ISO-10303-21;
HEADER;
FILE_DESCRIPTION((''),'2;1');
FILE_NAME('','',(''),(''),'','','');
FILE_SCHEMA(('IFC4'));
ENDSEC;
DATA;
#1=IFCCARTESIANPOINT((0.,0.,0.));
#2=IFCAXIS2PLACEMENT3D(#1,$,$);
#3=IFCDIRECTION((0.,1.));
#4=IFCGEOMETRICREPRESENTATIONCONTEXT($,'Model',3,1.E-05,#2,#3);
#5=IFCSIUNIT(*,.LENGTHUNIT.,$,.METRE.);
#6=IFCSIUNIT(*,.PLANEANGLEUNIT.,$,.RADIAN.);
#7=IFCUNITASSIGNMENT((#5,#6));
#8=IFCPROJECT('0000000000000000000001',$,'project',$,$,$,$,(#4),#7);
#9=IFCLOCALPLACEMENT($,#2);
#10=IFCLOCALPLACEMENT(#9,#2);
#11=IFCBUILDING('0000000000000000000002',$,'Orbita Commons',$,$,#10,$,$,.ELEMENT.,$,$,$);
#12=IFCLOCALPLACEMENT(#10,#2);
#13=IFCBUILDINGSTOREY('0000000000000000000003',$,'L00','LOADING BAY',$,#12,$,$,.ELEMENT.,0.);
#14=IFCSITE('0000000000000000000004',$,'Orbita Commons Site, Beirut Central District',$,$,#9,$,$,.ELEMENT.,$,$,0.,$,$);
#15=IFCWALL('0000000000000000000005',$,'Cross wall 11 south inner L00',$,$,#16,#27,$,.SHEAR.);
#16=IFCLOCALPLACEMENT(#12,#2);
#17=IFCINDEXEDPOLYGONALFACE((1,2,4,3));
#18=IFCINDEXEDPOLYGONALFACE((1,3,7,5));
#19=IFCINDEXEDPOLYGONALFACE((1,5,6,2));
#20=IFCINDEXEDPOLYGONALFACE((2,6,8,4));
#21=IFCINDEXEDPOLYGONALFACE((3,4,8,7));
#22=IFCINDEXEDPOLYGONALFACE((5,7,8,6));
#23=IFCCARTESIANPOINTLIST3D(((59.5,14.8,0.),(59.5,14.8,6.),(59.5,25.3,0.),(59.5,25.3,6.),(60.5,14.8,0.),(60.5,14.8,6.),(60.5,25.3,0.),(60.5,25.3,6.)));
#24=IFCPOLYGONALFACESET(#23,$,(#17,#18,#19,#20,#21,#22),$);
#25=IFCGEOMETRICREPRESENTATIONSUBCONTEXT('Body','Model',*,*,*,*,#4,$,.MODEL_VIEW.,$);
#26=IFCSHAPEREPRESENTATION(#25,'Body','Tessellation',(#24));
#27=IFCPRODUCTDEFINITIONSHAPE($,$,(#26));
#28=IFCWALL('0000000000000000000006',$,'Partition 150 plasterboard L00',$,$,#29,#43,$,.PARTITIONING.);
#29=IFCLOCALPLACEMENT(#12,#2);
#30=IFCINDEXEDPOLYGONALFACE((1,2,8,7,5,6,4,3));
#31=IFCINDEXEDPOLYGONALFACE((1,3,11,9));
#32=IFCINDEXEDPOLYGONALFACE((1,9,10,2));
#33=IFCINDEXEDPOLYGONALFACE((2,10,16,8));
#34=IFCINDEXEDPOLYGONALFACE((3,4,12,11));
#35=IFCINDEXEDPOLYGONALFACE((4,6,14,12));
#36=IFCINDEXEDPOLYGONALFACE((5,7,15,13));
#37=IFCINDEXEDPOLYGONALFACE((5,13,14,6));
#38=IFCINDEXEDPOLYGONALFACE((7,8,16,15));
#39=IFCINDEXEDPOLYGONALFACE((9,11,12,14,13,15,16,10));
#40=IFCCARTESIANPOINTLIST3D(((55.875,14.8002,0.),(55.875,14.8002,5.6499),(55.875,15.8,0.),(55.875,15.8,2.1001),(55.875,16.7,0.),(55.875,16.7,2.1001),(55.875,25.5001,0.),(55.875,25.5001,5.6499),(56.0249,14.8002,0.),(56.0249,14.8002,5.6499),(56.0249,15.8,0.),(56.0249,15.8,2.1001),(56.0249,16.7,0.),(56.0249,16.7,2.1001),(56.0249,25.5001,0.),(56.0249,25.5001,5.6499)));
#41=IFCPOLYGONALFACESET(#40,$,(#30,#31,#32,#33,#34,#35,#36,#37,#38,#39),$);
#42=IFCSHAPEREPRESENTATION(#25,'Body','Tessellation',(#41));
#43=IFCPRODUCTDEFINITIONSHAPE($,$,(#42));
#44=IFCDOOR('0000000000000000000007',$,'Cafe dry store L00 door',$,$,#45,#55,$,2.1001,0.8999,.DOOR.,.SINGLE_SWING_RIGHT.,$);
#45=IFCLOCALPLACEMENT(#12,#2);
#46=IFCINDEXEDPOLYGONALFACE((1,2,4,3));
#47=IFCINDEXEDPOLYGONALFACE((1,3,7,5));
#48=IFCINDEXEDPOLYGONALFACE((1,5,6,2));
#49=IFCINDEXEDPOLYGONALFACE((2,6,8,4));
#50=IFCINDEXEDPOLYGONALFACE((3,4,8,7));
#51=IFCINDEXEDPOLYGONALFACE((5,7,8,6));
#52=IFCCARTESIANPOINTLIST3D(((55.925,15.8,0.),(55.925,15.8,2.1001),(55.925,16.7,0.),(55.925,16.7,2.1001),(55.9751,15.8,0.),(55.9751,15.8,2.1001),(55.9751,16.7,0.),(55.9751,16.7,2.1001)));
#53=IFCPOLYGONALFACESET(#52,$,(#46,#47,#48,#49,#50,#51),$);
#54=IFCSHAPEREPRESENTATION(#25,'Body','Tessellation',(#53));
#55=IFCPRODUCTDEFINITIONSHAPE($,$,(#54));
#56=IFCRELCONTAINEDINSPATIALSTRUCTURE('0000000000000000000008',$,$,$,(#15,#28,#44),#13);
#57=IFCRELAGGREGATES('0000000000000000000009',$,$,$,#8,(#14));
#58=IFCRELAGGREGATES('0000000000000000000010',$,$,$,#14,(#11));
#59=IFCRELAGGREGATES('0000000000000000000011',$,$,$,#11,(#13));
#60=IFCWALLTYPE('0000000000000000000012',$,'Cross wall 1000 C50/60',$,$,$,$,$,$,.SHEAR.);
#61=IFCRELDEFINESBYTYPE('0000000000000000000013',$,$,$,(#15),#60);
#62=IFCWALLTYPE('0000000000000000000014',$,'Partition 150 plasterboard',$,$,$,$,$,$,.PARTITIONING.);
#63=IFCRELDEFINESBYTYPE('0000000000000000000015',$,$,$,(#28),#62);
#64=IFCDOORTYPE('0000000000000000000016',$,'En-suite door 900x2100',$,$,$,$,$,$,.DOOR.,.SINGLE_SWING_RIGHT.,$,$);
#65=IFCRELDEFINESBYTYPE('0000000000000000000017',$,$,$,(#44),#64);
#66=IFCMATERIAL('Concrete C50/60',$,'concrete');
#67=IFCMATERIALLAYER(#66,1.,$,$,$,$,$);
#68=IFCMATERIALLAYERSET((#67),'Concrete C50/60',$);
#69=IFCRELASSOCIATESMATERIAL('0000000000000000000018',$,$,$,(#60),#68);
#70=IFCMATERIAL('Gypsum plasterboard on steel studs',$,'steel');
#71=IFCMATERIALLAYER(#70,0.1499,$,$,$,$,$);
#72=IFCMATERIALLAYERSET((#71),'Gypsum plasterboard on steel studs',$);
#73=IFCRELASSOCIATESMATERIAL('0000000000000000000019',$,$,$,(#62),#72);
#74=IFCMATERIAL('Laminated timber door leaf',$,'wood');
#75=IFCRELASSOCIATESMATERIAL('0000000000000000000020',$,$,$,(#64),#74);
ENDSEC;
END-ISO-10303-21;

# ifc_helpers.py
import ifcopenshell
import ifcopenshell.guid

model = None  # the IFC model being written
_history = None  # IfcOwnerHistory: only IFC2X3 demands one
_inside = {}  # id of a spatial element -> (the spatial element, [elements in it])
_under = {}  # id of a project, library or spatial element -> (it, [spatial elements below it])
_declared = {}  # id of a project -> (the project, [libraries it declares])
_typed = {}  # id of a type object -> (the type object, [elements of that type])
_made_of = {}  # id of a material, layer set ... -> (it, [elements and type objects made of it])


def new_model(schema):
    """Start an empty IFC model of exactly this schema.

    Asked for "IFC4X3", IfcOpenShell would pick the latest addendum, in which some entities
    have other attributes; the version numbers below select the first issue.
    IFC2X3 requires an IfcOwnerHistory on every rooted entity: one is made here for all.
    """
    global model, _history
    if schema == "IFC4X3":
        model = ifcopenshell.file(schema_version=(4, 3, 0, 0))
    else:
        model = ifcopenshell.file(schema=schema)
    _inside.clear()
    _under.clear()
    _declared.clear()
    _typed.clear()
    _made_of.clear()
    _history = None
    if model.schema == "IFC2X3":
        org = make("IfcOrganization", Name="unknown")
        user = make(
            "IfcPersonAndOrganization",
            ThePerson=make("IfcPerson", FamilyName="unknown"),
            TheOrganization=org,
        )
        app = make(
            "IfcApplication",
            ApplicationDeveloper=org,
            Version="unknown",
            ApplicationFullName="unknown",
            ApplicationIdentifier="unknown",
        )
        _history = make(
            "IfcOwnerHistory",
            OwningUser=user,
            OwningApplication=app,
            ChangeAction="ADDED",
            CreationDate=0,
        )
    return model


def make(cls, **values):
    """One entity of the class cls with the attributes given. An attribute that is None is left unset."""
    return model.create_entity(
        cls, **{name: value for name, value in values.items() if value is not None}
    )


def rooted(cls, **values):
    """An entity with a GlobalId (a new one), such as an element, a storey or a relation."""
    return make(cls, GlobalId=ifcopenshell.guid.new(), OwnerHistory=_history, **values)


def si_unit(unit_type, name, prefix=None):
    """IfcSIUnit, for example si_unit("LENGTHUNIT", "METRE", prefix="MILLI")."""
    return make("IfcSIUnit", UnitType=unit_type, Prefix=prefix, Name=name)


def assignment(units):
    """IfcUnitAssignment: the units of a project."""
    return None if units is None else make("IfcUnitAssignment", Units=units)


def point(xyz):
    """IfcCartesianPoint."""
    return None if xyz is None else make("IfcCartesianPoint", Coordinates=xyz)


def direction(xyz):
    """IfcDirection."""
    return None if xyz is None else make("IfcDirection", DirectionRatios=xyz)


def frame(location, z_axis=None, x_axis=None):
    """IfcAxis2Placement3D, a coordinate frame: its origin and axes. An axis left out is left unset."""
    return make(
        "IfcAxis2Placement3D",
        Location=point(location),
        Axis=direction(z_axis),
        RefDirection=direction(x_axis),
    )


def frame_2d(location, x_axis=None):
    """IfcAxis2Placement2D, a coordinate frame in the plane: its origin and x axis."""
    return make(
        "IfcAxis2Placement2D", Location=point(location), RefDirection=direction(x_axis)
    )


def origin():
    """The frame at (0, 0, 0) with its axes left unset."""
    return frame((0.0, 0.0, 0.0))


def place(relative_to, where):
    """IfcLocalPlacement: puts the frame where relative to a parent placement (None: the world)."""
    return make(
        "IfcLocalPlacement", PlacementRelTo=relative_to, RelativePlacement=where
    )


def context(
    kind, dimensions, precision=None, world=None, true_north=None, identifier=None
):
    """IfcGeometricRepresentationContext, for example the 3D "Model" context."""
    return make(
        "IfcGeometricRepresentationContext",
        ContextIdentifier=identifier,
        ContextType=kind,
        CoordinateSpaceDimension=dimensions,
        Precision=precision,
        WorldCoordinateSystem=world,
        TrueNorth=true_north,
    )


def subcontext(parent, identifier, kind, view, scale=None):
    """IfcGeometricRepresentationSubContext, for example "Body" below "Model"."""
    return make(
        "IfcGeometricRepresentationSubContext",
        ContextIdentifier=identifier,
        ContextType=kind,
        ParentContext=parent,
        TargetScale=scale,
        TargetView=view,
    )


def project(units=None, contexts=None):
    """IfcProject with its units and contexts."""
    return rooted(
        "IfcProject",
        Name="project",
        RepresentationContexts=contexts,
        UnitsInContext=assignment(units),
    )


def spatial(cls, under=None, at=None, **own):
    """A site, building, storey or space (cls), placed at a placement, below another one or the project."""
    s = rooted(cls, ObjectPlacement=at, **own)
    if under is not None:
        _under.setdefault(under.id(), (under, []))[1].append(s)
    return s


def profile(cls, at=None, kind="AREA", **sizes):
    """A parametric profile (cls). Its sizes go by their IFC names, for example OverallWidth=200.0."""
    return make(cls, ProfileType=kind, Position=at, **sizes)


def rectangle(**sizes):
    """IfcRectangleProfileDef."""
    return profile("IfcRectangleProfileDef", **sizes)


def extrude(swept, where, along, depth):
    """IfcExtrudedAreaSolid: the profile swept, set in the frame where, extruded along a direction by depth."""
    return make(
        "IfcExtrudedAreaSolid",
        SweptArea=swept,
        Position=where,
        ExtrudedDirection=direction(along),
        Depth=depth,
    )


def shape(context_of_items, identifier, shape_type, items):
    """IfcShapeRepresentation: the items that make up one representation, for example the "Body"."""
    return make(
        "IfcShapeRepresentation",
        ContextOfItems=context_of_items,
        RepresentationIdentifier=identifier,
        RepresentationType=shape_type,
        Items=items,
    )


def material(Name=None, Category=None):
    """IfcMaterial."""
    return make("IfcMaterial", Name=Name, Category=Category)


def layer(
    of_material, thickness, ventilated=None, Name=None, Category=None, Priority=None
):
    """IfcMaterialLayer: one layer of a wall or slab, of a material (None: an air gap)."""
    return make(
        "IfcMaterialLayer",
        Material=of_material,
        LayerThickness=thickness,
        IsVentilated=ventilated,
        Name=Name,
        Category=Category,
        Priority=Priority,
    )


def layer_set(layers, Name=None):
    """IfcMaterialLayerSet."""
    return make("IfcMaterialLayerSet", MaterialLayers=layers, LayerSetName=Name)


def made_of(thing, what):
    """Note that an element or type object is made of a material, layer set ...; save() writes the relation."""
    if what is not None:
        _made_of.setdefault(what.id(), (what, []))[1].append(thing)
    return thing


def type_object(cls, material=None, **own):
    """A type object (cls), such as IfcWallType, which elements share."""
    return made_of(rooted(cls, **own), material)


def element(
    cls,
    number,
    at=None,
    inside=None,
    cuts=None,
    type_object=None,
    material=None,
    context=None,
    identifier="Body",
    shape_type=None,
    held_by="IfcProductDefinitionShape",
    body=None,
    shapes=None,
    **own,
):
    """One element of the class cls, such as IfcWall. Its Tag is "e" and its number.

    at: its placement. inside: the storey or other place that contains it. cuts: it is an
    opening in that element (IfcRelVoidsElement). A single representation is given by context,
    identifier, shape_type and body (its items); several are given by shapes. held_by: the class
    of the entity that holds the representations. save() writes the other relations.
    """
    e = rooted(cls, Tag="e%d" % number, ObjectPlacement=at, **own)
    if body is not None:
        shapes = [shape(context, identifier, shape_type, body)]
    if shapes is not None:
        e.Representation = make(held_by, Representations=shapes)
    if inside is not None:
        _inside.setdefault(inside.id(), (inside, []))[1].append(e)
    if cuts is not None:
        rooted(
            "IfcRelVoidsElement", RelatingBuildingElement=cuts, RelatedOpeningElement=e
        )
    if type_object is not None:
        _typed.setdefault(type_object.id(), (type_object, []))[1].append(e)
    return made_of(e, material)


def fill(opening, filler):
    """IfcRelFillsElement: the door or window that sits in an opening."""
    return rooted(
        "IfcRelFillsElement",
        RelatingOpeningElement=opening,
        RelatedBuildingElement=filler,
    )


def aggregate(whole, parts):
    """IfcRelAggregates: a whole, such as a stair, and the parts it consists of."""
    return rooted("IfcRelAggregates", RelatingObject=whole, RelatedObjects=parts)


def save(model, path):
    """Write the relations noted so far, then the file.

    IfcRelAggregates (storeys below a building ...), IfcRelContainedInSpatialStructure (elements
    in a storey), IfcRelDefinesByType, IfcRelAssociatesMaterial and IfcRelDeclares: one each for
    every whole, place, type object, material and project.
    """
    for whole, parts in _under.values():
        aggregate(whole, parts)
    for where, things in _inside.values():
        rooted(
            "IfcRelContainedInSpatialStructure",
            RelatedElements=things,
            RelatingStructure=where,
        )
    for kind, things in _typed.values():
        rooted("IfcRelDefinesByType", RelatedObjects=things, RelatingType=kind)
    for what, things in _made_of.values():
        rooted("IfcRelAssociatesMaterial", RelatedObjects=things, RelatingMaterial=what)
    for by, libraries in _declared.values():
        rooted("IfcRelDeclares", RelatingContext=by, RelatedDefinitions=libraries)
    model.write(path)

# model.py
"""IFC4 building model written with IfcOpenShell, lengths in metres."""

from ifc_helpers import new_model, si_unit, direction, frame, frame_2d, origin, place, context, subcontext, project, spatial, rectangle, extrude, material, layer, layer_set, type_object, element, fill, save


model = new_model("IFC4")

# Units and contexts
model_context = context("Model", 3, precision=1e-05, world=origin(), true_north=direction((0.0, 1.0)))
body_context = subcontext(model_context, "Body", "Model", "MODEL_VIEW")
ifc_project = project(units=[si_unit("LENGTHUNIT", "METRE"), si_unit("PLANEANGLEUNIT", "RADIAN")], contexts=[model_context])

# Site, building, storey
site_placement = place(None, origin())
site = spatial("IfcSite", under=ifc_project, at=site_placement, Name="Orbita Commons Site, Beirut Central District", CompositionType="ELEMENT", RefElevation=0.0)
building_placement = place(site_placement, origin())
building = spatial("IfcBuilding", under=site, at=building_placement, Name="Orbita Commons", CompositionType="ELEMENT")
storey_placement = place(building_placement, origin())
storey = spatial("IfcBuildingStorey", under=building, at=storey_placement, Name="L00", Description="LOADING BAY", CompositionType="ELEMENT", Elevation=0.0)

# Wall
ifc_material_1 = material(Name="Concrete C50/60", Category="concrete")
ifc_layer_1 = layer(ifc_material_1, 1.0)
ifc_layer_set_1 = layer_set([ifc_layer_1], Name="Concrete C50/60")
wall_type_1 = type_object("IfcWallType", Name="Cross wall 1000 C50/60", PredefinedType="SHEAR", material=ifc_layer_set_1)
wall_1_placement = place(storey_placement, frame((60.0, 14.8, 0.0), z_axis=(0.0, 0.0, 1.0), x_axis=(0.0, 1.0, 0.0)))
element("IfcWall", 1, at=wall_1_placement, inside=storey, type_object=wall_type_1, Name="Cross wall 11 south inner L00", PredefinedType="SHEAR", context=body_context, shape_type="SweptSolid", body=[
    extrude(rectangle(XDim=10.5, YDim=1.0, at=frame_2d((5.25, 0.0))), origin(), (0.0, 0.0, 1.0), 6.0),
])

# Wall, opening, door
ifc_material_2 = material(Name="Gypsum plasterboard on steel studs", Category="steel")
ifc_layer_2 = layer(ifc_material_2, 0.1499)
ifc_layer_set_2 = layer_set([ifc_layer_2], Name="Gypsum plasterboard on steel studs")
wall_type_2 = type_object("IfcWallType", Name="Partition 150 plasterboard", PredefinedType="PARTITIONING", material=ifc_layer_set_2)
wall_2_placement = place(storey_placement, frame((55.95, 14.8, 0.0), z_axis=(0.0, 0.0, 1.0), x_axis=(0.0, 1.0, 0.0)))
wall_2 = element("IfcWall", 2, at=wall_2_placement, inside=storey, type_object=wall_type_2, Name="Partition 150 plasterboard L00", PredefinedType="PARTITIONING", context=body_context, shape_type="SweptSolid", body=[
    extrude(rectangle(XDim=10.7, YDim=0.1499, at=frame_2d((5.3501, 0.0))), origin(), (0.0, 0.0, 1.0), 5.6499),
])
opening_1_placement = place(wall_2_placement, frame((1.0, 0.0, 0.0)))
opening_1 = element("IfcOpeningElement", 3, at=opening_1_placement, cuts=wall_2, PredefinedType="OPENING", context=body_context, shape_type="SweptSolid", body=[
    extrude(rectangle(XDim=0.8999, YDim=2.1001, at=frame_2d((0.45, 1.05))), frame((0.0, 0.085, 0.0), z_axis=(0.0, -1.0, 0.0), x_axis=(1.0, 0.0, 0.0)), (0.0, 0.0, 1.0), 0.1699),
])
ifc_material_3 = material(Name="Laminated timber door leaf", Category="wood")
door_type_1 = type_object("IfcDoorType", Name="En-suite door 900x2100", OperationType="SINGLE_SWING_RIGHT", PredefinedType="DOOR", material=ifc_material_3)
door_1_placement = place(opening_1_placement, origin())
door_1 = element("IfcDoor", 4, at=door_1_placement, inside=storey, type_object=door_type_1, Name="Cafe dry store L00 door", OperationType="SINGLE_SWING_RIGHT", OverallHeight=2.1001, OverallWidth=0.8999, PredefinedType="DOOR", context=body_context, shape_type="SweptSolid", body=[
    extrude(rectangle(XDim=0.8999, YDim=2.1001, at=frame_2d((0.45, 1.05))), frame((0.0, 0.0249, 0.0), z_axis=(0.0, -1.0, 0.0), x_axis=(1.0, 0.0, 0.0)), (0.0, 0.0, 1.0), 0.05),
])
fill(opening_1, door_1)

save(model, "model.ifc")
